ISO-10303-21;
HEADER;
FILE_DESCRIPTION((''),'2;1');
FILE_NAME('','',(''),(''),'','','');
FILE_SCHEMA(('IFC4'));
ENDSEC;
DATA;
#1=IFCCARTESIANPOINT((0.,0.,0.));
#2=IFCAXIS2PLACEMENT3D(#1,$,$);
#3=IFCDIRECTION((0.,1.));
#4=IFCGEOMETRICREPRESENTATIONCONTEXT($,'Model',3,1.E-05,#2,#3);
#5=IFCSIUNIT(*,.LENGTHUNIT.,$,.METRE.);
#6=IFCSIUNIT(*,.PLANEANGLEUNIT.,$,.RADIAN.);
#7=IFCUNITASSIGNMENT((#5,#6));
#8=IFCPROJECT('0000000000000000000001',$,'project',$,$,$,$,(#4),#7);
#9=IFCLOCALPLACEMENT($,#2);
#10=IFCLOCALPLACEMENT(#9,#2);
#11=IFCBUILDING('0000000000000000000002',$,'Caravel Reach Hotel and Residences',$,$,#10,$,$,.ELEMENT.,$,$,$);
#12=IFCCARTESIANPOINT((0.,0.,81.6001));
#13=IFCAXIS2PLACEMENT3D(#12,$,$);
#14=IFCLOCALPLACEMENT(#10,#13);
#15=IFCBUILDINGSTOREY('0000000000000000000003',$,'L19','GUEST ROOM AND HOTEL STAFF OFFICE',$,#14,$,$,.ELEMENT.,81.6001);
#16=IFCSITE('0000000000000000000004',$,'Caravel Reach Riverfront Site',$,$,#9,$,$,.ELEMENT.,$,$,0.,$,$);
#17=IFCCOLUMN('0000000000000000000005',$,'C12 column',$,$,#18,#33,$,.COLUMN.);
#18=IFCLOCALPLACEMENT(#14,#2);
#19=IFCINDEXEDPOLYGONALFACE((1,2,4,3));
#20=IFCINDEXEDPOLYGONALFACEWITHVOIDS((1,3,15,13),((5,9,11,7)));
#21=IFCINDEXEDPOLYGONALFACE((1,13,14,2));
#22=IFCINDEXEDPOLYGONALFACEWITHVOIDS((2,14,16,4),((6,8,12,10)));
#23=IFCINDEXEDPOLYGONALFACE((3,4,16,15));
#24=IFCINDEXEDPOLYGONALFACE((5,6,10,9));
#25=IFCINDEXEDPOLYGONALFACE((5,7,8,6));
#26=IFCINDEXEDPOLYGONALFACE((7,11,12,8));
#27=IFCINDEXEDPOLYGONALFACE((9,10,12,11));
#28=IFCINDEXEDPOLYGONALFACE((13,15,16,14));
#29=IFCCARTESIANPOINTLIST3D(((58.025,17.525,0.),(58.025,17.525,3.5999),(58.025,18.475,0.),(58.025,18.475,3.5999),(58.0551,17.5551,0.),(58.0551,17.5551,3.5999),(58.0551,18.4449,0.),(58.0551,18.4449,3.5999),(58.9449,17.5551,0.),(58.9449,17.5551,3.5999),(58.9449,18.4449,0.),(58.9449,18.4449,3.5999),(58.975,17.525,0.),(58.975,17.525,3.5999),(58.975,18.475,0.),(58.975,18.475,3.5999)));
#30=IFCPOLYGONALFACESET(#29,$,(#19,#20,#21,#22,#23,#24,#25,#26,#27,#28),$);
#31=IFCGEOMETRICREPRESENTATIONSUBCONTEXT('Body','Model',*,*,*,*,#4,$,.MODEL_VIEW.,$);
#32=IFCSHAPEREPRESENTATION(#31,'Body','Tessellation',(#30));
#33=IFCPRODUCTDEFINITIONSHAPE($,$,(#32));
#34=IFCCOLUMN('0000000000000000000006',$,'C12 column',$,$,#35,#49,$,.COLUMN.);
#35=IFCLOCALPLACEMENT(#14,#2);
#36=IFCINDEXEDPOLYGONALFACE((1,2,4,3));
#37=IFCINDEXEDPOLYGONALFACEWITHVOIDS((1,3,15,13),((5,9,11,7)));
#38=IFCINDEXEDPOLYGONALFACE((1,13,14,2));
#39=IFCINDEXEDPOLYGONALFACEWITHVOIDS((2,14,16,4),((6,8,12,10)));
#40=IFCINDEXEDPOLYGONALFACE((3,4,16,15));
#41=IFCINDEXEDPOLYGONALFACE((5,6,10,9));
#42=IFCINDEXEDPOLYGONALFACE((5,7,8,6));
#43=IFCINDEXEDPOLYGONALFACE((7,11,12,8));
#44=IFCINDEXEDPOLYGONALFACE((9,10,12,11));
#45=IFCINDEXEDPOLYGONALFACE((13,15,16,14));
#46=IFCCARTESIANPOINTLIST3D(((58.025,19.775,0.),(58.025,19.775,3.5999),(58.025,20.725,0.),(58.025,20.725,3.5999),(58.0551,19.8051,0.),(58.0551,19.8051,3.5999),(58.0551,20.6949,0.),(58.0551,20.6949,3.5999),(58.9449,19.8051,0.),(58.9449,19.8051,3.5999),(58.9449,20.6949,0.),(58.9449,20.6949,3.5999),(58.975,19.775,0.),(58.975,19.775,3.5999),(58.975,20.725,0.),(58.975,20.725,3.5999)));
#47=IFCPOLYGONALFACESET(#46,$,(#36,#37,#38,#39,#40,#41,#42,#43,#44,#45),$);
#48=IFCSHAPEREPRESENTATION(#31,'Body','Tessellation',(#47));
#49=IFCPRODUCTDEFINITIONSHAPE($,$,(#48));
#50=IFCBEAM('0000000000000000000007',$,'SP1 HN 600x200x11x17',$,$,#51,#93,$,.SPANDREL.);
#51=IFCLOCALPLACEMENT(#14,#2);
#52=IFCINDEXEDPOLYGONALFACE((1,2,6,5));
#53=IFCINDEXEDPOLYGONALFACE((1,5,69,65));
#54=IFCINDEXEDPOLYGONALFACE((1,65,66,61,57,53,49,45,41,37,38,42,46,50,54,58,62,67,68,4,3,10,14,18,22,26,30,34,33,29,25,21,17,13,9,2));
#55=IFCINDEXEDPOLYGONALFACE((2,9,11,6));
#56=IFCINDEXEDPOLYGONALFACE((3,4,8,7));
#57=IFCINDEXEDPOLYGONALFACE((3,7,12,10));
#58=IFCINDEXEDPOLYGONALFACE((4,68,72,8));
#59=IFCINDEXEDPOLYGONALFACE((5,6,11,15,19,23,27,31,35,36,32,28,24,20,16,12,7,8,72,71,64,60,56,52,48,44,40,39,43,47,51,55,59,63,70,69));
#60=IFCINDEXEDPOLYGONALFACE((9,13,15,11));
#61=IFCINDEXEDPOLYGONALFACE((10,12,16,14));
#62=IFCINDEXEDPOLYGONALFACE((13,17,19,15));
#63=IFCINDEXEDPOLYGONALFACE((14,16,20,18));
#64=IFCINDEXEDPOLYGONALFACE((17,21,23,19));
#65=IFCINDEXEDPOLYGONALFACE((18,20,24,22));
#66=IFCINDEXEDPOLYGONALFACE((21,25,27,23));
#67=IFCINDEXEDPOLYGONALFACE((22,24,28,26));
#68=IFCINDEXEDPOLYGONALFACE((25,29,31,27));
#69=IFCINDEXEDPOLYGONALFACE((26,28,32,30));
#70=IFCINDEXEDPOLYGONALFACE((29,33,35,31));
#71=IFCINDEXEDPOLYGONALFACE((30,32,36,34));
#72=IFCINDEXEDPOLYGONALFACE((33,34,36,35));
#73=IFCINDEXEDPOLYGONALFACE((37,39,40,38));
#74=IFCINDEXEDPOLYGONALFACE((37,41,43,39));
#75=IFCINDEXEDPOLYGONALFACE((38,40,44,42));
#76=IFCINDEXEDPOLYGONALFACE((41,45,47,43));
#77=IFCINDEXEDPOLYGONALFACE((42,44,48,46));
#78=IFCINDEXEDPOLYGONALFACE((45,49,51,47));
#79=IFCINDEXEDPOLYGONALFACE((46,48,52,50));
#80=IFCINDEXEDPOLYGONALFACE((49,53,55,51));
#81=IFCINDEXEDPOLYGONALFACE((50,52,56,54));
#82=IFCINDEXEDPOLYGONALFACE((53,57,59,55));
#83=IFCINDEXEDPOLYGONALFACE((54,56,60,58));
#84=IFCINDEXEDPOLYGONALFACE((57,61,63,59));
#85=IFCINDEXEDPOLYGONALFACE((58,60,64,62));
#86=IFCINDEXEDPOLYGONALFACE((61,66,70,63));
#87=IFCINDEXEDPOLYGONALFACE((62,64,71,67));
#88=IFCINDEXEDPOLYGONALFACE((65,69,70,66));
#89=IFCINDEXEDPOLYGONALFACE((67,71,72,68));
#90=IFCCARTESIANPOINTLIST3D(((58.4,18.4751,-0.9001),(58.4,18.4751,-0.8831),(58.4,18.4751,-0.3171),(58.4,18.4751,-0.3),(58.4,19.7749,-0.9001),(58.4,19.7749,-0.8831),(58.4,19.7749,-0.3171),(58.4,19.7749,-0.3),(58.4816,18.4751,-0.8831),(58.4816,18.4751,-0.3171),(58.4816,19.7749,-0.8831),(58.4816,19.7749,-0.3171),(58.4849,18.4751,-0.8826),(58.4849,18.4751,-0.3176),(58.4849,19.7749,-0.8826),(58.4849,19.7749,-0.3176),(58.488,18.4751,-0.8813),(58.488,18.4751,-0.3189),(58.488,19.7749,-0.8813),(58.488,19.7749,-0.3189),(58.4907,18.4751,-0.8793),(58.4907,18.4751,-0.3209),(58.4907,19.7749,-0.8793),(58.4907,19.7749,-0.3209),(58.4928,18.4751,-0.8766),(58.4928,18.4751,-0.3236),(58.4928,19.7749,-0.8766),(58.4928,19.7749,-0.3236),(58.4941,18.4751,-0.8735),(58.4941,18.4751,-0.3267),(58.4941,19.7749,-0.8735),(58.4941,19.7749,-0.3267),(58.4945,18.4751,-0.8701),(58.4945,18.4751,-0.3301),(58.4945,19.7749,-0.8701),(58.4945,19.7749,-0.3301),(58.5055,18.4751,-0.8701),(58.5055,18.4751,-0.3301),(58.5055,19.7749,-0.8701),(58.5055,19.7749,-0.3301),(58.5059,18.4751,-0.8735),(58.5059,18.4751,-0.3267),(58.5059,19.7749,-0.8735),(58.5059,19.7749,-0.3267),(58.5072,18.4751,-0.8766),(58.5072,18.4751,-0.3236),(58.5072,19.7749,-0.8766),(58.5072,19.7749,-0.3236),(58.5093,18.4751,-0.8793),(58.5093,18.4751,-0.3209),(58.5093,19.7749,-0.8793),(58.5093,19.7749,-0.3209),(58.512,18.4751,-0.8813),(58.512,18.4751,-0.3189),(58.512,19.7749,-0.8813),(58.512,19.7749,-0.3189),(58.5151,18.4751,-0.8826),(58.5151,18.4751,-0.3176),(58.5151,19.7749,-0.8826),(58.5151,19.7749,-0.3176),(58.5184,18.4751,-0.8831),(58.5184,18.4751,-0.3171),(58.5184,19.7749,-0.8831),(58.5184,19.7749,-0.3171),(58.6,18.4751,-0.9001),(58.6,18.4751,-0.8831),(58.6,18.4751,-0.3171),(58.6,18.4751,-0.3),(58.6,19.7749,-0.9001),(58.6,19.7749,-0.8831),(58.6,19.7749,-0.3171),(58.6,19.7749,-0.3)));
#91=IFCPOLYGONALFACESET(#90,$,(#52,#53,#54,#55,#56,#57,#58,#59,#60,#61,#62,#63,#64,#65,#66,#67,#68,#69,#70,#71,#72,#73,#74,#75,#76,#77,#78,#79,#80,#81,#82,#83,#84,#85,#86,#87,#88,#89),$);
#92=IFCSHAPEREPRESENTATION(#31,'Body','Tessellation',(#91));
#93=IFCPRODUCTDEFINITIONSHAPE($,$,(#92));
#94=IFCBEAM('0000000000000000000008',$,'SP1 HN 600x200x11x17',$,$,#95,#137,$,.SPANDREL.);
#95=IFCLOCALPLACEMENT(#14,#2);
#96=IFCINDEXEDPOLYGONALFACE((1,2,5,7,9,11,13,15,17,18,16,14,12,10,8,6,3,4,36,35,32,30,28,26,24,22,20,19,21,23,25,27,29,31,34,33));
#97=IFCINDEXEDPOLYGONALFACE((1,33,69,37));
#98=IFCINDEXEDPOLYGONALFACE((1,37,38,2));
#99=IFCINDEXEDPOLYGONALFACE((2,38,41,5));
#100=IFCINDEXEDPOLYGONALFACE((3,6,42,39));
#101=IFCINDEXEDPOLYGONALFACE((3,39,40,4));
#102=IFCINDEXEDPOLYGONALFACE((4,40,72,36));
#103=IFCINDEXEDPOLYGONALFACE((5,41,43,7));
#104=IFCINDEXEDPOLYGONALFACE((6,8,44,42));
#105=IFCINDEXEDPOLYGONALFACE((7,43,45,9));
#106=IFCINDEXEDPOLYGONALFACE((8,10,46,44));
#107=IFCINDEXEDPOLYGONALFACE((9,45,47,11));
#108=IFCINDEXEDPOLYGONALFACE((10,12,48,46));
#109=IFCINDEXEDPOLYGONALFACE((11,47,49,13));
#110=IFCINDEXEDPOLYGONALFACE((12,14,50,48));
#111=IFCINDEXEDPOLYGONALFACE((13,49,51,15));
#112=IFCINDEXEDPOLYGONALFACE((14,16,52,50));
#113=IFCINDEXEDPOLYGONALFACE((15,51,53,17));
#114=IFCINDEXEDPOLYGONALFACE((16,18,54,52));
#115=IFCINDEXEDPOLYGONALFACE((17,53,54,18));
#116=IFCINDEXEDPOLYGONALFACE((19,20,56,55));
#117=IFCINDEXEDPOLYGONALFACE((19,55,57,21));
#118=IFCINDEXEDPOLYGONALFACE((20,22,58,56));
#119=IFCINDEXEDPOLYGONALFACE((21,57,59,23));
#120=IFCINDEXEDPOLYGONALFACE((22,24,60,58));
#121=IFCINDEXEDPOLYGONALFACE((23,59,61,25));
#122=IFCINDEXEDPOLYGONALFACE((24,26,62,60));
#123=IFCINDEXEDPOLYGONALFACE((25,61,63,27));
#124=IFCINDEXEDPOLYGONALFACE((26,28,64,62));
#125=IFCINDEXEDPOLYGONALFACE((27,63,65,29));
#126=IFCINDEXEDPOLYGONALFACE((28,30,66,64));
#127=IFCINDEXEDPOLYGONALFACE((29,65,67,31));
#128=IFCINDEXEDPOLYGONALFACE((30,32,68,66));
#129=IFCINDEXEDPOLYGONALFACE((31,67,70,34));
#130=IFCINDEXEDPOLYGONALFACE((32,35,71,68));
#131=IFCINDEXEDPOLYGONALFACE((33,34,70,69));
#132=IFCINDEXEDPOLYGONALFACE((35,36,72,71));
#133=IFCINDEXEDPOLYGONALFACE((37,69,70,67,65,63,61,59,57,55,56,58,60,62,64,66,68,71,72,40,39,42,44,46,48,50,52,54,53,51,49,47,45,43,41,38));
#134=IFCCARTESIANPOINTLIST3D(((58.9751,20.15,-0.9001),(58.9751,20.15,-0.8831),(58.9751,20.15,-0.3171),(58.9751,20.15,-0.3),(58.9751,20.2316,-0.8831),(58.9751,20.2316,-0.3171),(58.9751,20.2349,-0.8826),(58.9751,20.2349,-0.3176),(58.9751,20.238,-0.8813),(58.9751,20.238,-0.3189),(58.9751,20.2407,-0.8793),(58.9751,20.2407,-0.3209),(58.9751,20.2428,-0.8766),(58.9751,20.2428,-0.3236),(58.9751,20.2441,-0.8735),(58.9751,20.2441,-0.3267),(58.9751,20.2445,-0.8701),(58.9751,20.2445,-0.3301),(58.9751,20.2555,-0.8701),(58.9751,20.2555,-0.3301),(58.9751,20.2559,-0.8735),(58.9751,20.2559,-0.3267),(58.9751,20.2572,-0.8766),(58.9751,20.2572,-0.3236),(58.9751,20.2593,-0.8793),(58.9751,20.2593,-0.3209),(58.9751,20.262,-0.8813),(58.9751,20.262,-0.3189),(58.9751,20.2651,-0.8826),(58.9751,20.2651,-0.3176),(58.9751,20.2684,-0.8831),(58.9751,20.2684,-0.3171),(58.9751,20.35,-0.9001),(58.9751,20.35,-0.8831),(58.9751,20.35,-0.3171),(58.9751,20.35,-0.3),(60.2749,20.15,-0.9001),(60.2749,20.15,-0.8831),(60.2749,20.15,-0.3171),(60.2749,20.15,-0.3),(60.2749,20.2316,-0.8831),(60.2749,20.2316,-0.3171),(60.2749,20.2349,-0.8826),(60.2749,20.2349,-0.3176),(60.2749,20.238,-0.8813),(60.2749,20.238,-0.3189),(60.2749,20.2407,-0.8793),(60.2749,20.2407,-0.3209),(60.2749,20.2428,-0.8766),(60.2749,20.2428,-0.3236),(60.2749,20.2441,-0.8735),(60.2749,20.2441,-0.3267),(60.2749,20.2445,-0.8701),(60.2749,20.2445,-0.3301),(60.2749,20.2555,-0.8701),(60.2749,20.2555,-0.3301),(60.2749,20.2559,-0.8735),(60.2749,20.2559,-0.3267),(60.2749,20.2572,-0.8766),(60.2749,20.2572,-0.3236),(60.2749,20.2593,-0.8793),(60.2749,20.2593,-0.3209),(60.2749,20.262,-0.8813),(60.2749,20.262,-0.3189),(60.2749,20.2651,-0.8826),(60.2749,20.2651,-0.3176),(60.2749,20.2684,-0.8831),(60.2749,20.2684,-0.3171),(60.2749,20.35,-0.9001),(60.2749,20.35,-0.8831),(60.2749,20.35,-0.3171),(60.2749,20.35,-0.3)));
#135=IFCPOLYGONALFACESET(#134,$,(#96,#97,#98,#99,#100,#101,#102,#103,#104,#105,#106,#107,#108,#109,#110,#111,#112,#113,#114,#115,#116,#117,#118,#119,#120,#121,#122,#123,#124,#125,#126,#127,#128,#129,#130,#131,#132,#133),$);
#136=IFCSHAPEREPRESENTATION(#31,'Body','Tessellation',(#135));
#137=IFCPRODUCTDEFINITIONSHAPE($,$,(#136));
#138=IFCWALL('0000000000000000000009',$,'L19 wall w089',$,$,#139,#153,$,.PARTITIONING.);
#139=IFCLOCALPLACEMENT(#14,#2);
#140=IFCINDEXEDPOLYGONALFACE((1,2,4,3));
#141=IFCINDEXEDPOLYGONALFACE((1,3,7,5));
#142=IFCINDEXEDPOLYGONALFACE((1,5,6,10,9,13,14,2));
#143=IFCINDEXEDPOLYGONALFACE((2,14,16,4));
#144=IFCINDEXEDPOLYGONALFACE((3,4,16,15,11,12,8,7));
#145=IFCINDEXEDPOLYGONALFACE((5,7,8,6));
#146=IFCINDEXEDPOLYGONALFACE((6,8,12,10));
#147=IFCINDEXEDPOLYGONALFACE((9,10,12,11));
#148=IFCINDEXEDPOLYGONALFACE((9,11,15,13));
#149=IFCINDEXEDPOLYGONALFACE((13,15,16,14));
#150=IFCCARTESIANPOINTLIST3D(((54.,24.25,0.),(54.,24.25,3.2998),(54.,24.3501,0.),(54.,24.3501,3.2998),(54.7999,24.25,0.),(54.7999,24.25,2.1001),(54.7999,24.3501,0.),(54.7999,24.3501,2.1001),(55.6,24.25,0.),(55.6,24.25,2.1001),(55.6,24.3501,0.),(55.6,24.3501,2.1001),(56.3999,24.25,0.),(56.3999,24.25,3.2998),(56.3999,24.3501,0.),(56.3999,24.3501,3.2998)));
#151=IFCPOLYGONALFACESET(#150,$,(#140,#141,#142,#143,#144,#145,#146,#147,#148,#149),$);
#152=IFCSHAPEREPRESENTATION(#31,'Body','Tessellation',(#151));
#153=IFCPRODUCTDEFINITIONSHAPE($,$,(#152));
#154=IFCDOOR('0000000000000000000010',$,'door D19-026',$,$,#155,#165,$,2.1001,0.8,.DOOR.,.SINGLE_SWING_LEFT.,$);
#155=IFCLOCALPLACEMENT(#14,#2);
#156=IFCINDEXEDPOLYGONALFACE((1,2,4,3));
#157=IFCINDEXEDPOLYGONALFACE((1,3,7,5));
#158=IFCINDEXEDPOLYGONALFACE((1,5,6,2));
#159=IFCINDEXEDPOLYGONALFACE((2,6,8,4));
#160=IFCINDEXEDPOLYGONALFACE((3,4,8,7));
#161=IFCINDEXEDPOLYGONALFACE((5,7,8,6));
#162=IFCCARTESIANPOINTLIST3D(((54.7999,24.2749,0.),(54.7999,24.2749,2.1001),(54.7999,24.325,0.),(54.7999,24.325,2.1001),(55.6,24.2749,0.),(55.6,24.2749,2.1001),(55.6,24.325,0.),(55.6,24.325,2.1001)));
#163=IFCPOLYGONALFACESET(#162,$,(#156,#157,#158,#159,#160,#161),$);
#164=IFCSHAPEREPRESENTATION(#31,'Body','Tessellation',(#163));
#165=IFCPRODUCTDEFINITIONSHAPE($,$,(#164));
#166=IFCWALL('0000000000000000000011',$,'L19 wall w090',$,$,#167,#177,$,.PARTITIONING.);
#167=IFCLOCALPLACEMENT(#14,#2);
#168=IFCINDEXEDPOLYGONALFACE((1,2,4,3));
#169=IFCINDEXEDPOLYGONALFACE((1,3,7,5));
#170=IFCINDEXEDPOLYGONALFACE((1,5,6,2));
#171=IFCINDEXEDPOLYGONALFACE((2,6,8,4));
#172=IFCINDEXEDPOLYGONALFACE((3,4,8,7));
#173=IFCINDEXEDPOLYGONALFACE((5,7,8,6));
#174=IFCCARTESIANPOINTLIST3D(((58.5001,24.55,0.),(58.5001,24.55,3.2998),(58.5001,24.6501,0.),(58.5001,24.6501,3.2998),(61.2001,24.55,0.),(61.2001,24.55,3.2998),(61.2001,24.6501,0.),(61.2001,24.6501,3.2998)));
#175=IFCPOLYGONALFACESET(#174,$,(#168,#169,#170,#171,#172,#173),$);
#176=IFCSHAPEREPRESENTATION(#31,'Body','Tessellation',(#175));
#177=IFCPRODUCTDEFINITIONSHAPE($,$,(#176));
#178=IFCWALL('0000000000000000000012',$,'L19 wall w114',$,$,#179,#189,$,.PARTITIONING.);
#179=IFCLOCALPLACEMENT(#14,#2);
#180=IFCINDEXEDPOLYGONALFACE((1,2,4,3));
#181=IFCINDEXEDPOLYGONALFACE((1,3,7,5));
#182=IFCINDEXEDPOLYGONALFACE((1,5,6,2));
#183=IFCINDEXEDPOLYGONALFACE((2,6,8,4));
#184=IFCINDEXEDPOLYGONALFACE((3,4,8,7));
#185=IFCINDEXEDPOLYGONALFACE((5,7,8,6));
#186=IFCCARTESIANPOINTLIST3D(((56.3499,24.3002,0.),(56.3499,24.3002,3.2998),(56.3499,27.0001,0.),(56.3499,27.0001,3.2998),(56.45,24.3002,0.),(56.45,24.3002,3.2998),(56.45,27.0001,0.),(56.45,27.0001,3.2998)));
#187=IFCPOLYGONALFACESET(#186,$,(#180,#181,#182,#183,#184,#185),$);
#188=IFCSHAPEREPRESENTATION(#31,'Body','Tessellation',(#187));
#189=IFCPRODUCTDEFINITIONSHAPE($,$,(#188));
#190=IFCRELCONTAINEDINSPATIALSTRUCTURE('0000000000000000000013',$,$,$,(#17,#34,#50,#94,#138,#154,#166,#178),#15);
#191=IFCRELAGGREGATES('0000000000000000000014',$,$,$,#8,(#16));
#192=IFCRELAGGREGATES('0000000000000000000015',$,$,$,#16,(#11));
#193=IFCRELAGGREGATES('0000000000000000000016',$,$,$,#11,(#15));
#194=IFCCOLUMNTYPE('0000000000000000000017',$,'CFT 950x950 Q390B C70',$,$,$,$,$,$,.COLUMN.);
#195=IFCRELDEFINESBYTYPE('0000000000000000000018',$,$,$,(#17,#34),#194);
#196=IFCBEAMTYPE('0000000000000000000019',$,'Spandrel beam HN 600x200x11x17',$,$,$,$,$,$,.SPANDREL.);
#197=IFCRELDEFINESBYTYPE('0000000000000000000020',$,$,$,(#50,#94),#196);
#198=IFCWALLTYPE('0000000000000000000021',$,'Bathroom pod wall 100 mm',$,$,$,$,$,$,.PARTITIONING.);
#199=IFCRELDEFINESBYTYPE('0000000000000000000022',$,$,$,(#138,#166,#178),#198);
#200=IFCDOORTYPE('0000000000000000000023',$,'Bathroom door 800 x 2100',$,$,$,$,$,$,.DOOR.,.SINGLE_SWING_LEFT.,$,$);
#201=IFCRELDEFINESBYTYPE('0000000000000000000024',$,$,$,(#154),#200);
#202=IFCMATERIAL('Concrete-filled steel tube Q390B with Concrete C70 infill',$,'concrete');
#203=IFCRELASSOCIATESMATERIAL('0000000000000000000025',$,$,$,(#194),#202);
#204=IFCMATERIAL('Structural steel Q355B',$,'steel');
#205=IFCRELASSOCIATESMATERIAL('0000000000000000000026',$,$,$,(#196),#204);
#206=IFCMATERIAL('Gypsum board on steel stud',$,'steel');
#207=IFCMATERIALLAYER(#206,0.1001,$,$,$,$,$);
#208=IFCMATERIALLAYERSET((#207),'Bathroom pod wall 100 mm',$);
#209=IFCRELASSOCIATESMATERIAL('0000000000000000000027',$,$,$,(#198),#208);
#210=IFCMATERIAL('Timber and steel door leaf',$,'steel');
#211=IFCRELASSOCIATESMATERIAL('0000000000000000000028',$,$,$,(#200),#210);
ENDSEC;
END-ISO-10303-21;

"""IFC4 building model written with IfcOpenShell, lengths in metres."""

from ifc_helpers import new_model, si_unit, direction, frame, frame_2d, origin, origin_2d, place, context, subcontext, project, spatial, rectangle, hollow_rectangle, i_section, extrude, material, layer, layer_set, material_profile, profile_set, type_object, element, fill, save


model = new_model("IFC4")

# Units and contexts
model_context = context("Model", 3, precision=1e-05, world=origin(), true_north=direction((0.0, 1.0)))
body_context = subcontext(model_context, "Body", "Model", "MODEL_VIEW")
ifc_project = project(units=[si_unit("LENGTHUNIT", "METRE"), si_unit("PLANEANGLEUNIT", "RADIAN")], contexts=[model_context])

# Site, building, storey
site_placement = place(None, origin())
site = spatial("IfcSite", under=ifc_project, at=site_placement, Name="Caravel Reach Riverfront Site", CompositionType="ELEMENT", RefElevation=0.0)
building_placement = place(site_placement, origin())
building = spatial("IfcBuilding", under=site, at=building_placement, Name="Caravel Reach Hotel and Residences", CompositionType="ELEMENT")
storey_placement = place(building_placement, frame((0.0, 0.0, 81.6001)))
storey = spatial("IfcBuildingStorey", under=building, at=storey_placement, Name="L19", Description="GUEST ROOM AND HOTEL STAFF OFFICE", CompositionType="ELEMENT", Elevation=81.6001)

# Columns
ifc_material_1 = material(Name="Concrete-filled steel tube Q390B with Concrete C70 infill", Category="concrete")
ifc_material_profile_1 = material_profile(ifc_material_1, hollow_rectangle(XDim=0.95, YDim=0.95, WallThickness=0.03, at=origin_2d()), Name="RHS 950x950x30")
ifc_profile_set_1 = profile_set([ifc_material_profile_1], Name="Concrete-filled steel tube Q390B with Concrete C70 infill")
column_type = type_object("IfcColumnType", Name="CFT 950x950 Q390B C70", PredefinedType="COLUMN", material=ifc_profile_set_1)
for number, where, z_axis, x_axis, name in (
    (1, (58.5, 18.0, 0.0), (0.0, 0.0, 1.0), (1.0, 0.0, 0.0), "C12 column"),
    (2, (58.5, 20.25, 0.0), (0.0, 0.0, 1.0), (1.0, 0.0, 0.0), "C12 column"),
):
    element("IfcColumn", number, at=place(storey_placement, frame(where, z_axis=z_axis, x_axis=x_axis)), inside=storey, type_object=column_type, Name=name, PredefinedType="COLUMN", context=body_context, shape_type="SweptSolid", body=[
        extrude(hollow_rectangle(XDim=0.95, YDim=0.95, WallThickness=0.03, at=origin_2d()), origin(), (0.0, 0.0, 1.0), 3.5999),
    ])

# Beams
ifc_material_2 = material(Name="Structural steel Q355B", Category="steel")
ifc_material_profile_2 = material_profile(ifc_material_2, i_section(OverallWidth=0.2, OverallDepth=0.6001, WebThickness=0.011, FlangeThickness=0.0171, FilletRadius=0.0129, at=origin_2d()), Name="HN 600x200x11x17")
ifc_profile_set_2 = profile_set([ifc_material_profile_2], Name="Structural steel Q355B")
beam_type = type_object("IfcBeamType", Name="Spandrel beam HN 600x200x11x17", PredefinedType="SPANDREL", material=ifc_profile_set_2)
for number, where, z_axis, x_axis, name in (
    (3, (58.5, 18.4751, -0.6001), (0.0, 1.0, 0.0), (-1.0, 0.0, 0.0), "SP1 HN 600x200x11x17"),
    (4, (58.9751, 20.25, -0.6001), (1.0, 0.0, 0.0), (0.0, 1.0, 0.0), "SP1 HN 600x200x11x17"),
):
    element("IfcBeam", number, at=place(storey_placement, frame(where, z_axis=z_axis, x_axis=x_axis)), inside=storey, type_object=beam_type, Name=name, PredefinedType="SPANDREL", context=body_context, shape_type="SweptSolid", body=[
        extrude(i_section(OverallWidth=0.2, OverallDepth=0.6001, WebThickness=0.011, FlangeThickness=0.0171, FilletRadius=0.0129, at=origin_2d()), origin(), (0.0, 0.0, 1.0), 1.2998),
    ])

# Wall, opening, door
ifc_material_3 = material(Name="Gypsum board on steel stud", Category="steel")
ifc_layer_1 = layer(ifc_material_3, 0.1001)
ifc_layer_set_1 = layer_set([ifc_layer_1], Name="Bathroom pod wall 100 mm")
wall_type_1 = type_object("IfcWallType", Name="Bathroom pod wall 100 mm", PredefinedType="PARTITIONING", material=ifc_layer_set_1)
wall_1_placement = place(storey_placement, frame((54.0, 24.3, 0.0), z_axis=(0.0, 0.0, 1.0), x_axis=(1.0, 0.0, 0.0)))
wall_1 = element("IfcWall", 5, at=wall_1_placement, inside=storey, type_object=wall_type_1, Name="L19 wall w089", PredefinedType="PARTITIONING", context=body_context, shape_type="SweptSolid", body=[
    extrude(rectangle(XDim=2.3999, YDim=0.1001, at=frame_2d((1.2, 0.0))), origin(), (0.0, 0.0, 1.0), 3.2998),
])
opening_1_placement = place(wall_1_placement, frame((0.8, 0.0, 0.0)))
opening_1 = element("IfcOpeningElement", 6, at=opening_1_placement, cuts=wall_1, PredefinedType="OPENING", context=body_context, shape_type="SweptSolid", body=[
    extrude(rectangle(XDim=0.8, YDim=2.1001, at=frame_2d((0.3999, 1.05))), frame((0.0, 0.0601, 0.0), z_axis=(0.0, -1.0, 0.0), x_axis=(1.0, 0.0, 0.0)), (0.0, 0.0, 1.0), 0.1201),
])
ifc_material_4 = material(Name="Timber and steel door leaf", Category="steel")
door_type = type_object("IfcDoorType", Name="Bathroom door 800 x 2100", OperationType="SINGLE_SWING_LEFT", PredefinedType="DOOR", material=ifc_material_4)
door_placement = place(opening_1_placement, origin())
door = element("IfcDoor", 7, at=door_placement, inside=storey, type_object=door_type, Name="door D19-026", OperationType="SINGLE_SWING_LEFT", OverallHeight=2.1001, OverallWidth=0.8, PredefinedType="DOOR", context=body_context, shape_type="SweptSolid", body=[
    extrude(rectangle(XDim=0.8, YDim=2.1001, at=frame_2d((0.3999, 1.05))), frame((0.0, 0.0249, 0.0), z_axis=(0.0, -1.0, 0.0), x_axis=(1.0, 0.0, 0.0)), (0.0, 0.0, 1.0), 0.05),
])
fill(opening_1, door)

# Walls
for number, where, z_axis, x_axis, name in (
    (8, (58.5, 24.6001, 0.0), (0.0, 0.0, 1.0), (1.0, 0.0, 0.0), "L19 wall w090"),
    (9, (56.3999, 24.3, 0.0), (0.0, 0.0, 1.0), (0.0, 1.0, 0.0), "L19 wall w114"),
):
    element("IfcWall", number, at=place(storey_placement, frame(where, z_axis=z_axis, x_axis=x_axis)), inside=storey, type_object=wall_type_1, Name=name, PredefinedType="PARTITIONING", context=body_context, shape_type="SweptSolid", body=[
        extrude(rectangle(XDim=2.7, YDim=0.1001, at=frame_2d((1.3501, 0.0))), origin(), (0.0, 0.0, 1.0), 3.2998),
    ])

save(model, "model.ifc")
